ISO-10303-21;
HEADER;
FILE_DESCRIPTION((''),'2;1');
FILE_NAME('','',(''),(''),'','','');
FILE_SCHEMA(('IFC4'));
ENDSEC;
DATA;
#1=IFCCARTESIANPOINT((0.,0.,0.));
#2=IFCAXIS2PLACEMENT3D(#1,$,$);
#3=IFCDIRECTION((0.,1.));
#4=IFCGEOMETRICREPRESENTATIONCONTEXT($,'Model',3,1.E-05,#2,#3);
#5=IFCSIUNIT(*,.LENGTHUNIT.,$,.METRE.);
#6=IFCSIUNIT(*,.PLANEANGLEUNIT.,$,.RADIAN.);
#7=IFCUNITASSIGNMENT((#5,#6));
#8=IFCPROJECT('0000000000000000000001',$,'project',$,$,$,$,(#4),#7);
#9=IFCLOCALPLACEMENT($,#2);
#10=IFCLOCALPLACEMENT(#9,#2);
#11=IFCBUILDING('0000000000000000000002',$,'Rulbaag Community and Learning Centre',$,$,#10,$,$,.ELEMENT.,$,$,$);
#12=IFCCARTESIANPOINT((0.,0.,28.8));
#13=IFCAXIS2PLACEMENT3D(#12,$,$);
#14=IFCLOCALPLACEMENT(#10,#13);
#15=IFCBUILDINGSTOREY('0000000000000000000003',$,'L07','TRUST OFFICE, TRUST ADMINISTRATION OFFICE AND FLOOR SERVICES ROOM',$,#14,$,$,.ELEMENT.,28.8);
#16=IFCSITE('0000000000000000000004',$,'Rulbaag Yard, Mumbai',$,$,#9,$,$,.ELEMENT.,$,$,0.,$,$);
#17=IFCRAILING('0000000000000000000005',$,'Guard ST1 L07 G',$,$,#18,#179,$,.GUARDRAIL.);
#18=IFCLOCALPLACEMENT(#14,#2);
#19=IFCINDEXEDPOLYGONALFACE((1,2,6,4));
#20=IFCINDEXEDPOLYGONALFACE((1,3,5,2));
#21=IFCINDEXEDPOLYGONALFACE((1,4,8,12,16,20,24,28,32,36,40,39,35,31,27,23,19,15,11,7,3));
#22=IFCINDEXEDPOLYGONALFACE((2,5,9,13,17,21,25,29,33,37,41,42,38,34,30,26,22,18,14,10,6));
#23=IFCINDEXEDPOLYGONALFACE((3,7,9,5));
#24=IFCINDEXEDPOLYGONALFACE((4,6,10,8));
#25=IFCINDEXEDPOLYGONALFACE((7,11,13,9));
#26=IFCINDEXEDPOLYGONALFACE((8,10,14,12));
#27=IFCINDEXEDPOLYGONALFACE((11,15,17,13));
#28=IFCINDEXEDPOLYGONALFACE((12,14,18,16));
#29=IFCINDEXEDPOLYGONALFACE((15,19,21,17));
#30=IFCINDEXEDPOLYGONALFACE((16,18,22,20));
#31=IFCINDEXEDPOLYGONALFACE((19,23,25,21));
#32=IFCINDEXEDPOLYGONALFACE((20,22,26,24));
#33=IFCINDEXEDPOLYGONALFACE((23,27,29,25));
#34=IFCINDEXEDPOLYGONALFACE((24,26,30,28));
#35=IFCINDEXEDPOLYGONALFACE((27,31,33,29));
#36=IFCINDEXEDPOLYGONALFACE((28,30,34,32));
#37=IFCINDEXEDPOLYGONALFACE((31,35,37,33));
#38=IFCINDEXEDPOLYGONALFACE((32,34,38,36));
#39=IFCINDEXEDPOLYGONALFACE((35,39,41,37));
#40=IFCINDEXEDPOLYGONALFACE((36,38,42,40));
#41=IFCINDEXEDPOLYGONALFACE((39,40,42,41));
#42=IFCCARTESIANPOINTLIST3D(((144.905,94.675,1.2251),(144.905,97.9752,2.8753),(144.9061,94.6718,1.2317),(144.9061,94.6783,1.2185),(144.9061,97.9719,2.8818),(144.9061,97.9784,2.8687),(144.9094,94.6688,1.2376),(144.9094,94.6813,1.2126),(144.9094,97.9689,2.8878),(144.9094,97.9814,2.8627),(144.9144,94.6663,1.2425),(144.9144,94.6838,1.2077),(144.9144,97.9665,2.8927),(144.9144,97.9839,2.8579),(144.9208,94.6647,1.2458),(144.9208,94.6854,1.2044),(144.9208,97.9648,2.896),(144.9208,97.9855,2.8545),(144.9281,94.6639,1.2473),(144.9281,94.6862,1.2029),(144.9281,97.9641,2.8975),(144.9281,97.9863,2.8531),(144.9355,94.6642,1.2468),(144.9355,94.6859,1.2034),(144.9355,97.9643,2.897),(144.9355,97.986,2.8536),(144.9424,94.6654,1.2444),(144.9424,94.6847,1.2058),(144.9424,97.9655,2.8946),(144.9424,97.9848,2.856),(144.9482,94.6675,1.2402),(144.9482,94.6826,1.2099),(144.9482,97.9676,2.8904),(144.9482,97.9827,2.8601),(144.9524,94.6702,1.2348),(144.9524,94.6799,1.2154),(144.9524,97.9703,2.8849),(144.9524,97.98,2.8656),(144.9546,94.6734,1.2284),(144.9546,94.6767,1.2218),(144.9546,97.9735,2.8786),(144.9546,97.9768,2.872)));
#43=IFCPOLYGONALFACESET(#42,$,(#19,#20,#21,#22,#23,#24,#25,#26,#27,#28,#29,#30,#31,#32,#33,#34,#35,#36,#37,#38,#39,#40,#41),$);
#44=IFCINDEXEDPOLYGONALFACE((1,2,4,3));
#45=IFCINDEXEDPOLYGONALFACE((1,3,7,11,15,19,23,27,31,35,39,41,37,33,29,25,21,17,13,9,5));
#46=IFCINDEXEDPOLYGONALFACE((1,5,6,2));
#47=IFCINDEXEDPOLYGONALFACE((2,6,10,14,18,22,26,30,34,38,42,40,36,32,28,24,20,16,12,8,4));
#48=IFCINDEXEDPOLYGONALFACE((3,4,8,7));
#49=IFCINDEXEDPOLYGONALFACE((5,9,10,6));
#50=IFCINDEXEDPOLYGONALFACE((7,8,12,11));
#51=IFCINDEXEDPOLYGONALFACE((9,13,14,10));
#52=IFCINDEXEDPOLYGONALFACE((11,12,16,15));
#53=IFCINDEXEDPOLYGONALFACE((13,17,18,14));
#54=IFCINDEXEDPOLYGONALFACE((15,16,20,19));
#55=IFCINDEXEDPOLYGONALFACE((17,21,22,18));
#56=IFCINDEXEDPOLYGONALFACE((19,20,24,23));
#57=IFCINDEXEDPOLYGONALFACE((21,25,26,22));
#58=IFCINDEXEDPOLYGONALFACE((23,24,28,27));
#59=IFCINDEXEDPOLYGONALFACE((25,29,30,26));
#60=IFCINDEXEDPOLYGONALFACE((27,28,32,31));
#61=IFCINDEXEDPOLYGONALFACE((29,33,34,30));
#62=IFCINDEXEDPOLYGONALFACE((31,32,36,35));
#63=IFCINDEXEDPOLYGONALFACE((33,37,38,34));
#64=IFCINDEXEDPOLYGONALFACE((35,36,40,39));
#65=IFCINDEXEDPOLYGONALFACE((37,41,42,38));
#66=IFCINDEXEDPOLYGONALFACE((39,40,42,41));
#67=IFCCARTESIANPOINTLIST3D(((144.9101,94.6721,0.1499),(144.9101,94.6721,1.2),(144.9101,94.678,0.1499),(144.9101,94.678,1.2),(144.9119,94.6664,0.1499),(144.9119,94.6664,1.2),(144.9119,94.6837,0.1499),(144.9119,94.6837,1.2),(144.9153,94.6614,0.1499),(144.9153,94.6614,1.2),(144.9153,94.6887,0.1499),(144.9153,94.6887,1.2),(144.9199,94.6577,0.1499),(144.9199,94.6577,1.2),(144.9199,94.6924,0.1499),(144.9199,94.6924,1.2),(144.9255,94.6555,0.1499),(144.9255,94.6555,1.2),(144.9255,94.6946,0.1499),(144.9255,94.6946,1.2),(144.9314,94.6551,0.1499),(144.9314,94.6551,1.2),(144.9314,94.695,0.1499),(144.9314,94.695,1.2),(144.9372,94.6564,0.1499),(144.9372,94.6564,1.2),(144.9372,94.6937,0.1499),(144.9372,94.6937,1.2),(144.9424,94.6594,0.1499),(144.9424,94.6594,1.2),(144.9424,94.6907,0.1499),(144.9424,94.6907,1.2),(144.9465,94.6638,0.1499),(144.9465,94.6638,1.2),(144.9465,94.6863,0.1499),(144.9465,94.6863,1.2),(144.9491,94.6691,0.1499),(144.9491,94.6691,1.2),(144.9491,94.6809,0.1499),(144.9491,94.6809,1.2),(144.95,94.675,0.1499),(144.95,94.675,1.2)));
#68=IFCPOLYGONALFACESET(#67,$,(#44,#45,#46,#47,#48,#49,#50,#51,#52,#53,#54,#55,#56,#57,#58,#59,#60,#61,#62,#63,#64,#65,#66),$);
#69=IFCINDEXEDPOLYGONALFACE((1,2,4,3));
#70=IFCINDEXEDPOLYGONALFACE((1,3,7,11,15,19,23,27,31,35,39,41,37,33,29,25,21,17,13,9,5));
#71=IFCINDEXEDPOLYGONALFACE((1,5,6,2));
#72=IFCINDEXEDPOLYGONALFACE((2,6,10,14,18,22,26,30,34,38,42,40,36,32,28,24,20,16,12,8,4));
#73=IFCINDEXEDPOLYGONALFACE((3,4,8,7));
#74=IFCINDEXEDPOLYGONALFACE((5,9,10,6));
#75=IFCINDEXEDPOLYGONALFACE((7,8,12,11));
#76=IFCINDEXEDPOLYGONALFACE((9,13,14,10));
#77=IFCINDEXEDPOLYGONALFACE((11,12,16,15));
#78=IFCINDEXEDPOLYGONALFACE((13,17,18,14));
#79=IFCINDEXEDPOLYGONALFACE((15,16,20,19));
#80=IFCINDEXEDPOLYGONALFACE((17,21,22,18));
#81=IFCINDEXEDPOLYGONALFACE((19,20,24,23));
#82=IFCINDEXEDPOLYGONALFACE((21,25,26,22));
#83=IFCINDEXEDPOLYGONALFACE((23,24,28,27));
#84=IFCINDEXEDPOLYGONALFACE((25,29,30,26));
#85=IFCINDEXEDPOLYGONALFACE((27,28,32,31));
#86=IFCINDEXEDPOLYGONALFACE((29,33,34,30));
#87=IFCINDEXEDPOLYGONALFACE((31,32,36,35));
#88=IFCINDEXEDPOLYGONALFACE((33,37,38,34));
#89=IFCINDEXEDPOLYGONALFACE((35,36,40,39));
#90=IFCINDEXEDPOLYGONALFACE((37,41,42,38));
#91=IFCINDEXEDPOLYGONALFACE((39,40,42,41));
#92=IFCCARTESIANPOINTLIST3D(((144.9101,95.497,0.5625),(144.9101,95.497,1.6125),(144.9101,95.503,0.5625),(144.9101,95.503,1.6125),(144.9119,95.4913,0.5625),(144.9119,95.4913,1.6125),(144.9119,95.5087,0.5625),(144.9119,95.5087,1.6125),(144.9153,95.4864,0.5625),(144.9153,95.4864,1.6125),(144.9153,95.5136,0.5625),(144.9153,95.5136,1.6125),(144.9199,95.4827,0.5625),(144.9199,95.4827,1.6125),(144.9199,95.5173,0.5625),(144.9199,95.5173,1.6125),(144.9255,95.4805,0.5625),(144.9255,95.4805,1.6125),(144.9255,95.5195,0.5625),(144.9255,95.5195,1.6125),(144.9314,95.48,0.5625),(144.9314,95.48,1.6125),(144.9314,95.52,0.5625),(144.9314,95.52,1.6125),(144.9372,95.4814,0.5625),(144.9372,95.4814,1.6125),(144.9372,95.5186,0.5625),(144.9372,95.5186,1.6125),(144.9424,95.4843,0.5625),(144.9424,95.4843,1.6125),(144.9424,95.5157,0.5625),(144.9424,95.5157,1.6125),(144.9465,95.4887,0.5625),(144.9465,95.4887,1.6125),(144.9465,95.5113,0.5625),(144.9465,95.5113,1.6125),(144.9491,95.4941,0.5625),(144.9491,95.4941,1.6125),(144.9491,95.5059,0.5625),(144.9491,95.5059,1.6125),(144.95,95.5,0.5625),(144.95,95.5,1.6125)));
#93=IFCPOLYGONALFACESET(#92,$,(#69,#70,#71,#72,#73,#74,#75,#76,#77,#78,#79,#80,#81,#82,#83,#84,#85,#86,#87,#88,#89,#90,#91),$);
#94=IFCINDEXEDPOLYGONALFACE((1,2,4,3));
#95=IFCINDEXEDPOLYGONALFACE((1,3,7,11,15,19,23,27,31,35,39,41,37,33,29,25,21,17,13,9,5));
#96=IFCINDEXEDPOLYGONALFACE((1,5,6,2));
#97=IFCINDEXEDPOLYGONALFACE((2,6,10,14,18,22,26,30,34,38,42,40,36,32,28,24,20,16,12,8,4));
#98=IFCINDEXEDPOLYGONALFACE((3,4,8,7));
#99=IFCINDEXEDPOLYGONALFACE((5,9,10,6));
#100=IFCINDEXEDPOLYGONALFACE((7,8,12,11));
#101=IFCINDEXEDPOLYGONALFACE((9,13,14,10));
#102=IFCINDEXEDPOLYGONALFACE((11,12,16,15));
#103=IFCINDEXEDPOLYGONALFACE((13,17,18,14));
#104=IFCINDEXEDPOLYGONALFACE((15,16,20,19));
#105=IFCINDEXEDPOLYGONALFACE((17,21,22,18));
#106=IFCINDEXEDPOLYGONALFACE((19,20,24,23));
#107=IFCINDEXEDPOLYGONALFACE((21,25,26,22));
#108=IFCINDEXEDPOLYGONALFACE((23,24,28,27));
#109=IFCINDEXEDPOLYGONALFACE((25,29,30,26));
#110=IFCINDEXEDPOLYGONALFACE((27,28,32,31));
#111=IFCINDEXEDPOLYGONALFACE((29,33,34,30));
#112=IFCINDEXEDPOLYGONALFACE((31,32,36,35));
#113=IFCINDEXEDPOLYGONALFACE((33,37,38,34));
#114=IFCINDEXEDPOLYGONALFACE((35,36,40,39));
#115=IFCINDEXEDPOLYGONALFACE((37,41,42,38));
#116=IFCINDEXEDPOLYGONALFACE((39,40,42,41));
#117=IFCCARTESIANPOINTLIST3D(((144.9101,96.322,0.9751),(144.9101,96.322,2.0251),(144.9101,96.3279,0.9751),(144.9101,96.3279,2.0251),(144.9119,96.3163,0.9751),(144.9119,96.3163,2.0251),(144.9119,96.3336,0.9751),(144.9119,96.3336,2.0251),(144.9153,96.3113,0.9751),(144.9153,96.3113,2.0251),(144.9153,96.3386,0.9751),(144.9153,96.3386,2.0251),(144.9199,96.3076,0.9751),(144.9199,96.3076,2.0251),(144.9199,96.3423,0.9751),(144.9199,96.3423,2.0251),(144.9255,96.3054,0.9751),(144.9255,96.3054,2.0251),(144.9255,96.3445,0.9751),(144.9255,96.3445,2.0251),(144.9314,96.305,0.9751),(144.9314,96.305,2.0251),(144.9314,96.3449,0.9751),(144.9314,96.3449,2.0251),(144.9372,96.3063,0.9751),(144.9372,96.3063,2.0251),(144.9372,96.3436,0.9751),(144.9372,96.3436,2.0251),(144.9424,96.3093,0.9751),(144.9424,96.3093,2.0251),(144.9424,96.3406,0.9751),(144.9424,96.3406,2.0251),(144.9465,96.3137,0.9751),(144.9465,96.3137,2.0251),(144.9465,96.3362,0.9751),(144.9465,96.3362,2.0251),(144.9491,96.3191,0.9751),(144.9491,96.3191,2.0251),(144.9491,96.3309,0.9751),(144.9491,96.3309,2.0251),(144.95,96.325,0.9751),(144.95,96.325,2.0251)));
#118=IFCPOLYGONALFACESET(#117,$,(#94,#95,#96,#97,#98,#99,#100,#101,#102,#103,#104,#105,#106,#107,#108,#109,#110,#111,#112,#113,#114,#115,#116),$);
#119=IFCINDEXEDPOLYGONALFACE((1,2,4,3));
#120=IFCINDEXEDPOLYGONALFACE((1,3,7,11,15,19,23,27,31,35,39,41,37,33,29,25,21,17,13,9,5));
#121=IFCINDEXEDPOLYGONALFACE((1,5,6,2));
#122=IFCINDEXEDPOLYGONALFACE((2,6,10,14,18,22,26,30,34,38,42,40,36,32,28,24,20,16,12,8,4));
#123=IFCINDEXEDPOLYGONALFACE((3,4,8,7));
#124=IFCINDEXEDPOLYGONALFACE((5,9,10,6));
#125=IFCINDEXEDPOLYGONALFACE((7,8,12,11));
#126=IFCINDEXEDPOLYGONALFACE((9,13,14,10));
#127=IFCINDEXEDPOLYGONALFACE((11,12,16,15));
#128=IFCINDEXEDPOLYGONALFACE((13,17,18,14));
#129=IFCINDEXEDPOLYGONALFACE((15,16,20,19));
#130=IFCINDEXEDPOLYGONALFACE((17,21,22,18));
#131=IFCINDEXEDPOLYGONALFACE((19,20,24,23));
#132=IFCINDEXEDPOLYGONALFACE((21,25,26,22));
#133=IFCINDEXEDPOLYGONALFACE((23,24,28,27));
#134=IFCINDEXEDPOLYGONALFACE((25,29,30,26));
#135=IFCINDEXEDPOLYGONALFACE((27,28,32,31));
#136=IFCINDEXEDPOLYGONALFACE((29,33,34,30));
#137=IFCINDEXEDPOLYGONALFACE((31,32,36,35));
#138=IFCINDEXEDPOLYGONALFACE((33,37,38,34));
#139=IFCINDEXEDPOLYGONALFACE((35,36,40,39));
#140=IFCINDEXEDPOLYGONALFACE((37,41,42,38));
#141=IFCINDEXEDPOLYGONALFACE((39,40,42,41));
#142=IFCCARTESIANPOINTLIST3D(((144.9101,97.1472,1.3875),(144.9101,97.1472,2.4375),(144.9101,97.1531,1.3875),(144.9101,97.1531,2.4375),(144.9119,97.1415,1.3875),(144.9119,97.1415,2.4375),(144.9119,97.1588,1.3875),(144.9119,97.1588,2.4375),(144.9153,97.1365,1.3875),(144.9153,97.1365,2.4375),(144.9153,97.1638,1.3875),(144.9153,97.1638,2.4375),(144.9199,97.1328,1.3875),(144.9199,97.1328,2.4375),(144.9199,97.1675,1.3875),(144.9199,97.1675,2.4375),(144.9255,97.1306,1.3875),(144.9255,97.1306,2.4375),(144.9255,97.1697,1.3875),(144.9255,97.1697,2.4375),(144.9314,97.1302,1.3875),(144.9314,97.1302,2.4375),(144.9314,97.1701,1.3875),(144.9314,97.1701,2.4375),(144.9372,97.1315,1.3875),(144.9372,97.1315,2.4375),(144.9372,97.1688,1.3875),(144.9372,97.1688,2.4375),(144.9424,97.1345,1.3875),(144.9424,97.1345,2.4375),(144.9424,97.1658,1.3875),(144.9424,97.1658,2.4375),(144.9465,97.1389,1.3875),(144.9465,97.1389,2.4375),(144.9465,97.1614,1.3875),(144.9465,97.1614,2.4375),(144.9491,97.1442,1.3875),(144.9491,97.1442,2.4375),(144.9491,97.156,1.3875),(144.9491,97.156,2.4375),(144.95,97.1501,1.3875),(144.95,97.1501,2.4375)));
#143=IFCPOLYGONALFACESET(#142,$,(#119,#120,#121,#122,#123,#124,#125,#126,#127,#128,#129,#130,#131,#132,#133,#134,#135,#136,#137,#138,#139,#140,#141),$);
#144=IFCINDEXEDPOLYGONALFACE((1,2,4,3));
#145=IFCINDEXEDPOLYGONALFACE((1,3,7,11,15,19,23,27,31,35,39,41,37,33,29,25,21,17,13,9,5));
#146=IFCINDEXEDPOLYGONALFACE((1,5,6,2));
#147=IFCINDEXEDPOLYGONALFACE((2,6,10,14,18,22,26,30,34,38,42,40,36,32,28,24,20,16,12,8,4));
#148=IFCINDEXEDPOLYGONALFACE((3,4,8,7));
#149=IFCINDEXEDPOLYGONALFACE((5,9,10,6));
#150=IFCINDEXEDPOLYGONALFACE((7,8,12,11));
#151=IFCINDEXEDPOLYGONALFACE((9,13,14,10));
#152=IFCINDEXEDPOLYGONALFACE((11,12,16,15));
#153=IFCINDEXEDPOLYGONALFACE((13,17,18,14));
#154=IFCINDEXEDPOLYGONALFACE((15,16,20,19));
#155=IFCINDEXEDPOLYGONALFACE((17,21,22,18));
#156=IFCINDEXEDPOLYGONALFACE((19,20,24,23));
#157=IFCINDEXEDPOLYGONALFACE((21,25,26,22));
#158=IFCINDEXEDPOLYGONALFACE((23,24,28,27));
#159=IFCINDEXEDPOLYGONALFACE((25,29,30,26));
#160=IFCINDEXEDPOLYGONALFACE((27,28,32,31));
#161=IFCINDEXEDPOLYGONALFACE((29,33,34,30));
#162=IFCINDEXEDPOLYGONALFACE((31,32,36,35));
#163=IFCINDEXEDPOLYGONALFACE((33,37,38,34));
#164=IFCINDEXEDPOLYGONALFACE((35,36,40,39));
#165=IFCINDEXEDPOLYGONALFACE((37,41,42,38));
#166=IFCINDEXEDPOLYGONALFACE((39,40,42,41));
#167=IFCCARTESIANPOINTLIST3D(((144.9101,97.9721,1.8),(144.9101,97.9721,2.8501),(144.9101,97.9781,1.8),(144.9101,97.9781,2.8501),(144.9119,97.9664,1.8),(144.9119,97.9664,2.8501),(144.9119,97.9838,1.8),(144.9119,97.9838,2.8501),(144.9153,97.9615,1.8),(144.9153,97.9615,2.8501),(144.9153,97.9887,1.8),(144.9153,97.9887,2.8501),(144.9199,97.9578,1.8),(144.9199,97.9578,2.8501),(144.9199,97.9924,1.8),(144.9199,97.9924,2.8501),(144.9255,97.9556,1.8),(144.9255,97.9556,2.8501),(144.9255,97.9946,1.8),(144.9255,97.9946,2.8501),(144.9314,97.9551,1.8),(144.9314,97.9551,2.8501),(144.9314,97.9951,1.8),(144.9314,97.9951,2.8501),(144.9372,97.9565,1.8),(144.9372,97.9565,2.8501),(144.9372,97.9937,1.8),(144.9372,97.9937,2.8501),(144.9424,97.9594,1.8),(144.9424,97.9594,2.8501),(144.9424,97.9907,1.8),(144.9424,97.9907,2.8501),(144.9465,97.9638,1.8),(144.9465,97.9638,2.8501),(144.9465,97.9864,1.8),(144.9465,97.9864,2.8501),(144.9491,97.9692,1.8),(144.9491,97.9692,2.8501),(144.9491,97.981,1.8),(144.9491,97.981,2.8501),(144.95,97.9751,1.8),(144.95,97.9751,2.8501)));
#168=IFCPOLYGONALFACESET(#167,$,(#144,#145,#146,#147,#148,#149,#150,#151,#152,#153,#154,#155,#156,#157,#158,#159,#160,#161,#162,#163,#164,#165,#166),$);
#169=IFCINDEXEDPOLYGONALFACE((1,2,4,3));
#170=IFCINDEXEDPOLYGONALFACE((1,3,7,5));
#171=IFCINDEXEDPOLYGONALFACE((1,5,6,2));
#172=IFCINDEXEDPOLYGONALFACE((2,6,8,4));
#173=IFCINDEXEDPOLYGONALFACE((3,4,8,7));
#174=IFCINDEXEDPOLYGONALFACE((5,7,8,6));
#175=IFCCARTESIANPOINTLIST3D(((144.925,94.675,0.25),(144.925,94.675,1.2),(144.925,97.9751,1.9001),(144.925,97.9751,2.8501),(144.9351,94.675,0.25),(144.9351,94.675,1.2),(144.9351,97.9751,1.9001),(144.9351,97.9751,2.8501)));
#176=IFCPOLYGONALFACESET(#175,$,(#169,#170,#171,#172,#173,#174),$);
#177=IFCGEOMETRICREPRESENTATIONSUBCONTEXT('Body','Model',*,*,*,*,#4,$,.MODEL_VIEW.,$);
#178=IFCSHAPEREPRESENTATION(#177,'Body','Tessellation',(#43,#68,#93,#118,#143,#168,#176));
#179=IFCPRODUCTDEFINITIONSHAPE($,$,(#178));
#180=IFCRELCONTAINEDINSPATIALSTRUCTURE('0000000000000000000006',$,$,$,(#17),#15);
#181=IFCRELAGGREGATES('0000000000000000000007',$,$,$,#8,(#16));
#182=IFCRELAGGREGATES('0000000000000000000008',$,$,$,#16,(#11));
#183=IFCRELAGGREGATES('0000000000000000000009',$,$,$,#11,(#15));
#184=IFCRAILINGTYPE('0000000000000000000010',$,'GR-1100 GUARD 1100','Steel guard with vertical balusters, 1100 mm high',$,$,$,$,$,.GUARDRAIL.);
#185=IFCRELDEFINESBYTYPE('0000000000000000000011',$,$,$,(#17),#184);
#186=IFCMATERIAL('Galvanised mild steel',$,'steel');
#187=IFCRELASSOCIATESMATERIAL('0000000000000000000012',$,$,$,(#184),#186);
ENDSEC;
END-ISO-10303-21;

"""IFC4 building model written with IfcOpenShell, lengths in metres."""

from ifc_helpers import new_model, si_unit, direction, frame, origin, origin_2d, place, context, subcontext, project, spatial, polyline, circle, outline, extrude, material, type_object, element, save


model = new_model("IFC4")

# Units and contexts
model_context = context("Model", 3, precision=1e-05, world=origin(), true_north=direction((0.0, 1.0)))
body_context = subcontext(model_context, "Body", "Model", "MODEL_VIEW")
ifc_project = project(units=[si_unit("LENGTHUNIT", "METRE"), si_unit("PLANEANGLEUNIT", "RADIAN")], contexts=[model_context])

# Site, building, storey
site_placement = place(None, origin())
site = spatial("IfcSite", under=ifc_project, at=site_placement, Name="Rulbaag Yard, Mumbai", CompositionType="ELEMENT", RefElevation=0.0)
building_placement = place(site_placement, origin())
building = spatial("IfcBuilding", under=site, at=building_placement, Name="Rulbaag Community and Learning Centre", CompositionType="ELEMENT")
storey_placement = place(building_placement, frame((0.0, 0.0, 28.8)))
storey = spatial("IfcBuildingStorey", under=building, at=storey_placement, Name="L07", Description="TRUST OFFICE, TRUST ADMINISTRATION OFFICE AND FLOOR SERVICES ROOM", CompositionType="ELEMENT", Elevation=28.8)

# Railing
ifc_material_1 = material(Name="Galvanised mild steel", Category="steel")
railing_type_1 = type_object("IfcRailingType", Name="GR-1100 GUARD 1100", Description="Steel guard with vertical balusters, 1100 mm high", PredefinedType="GUARDRAIL", material=ifc_material_1)
railing_1_placement = place(storey_placement, frame((144.9299, 94.675, 0.1499)))
element("IfcRailing", 1, at=railing_1_placement, inside=storey, type_object=railing_type_1, Name="Guard ST1 L07 G", PredefinedType="GUARDRAIL", context=body_context, shape_type="SweptSolid", body=[
    extrude(circle(Radius=0.0249, at=origin_2d()), frame((0.0, 0.0, 1.0752), z_axis=(0.0, 0.894414, 0.44724), x_axis=(-1.0, 0.0, 0.0)), (0.0, 0.0, 1.0), 3.6897),
    extrude(circle(Radius=0.02, at=origin_2d()), origin(), (0.0, 0.0, 1.0), 1.05),
    extrude(circle(Radius=0.02, at=origin_2d()), frame((0.0, 0.825, 0.4126)), (0.0, 0.0, 1.0), 1.05),
    extrude(circle(Radius=0.02, at=origin_2d()), frame((0.0, 1.6499, 0.8252)), (0.0, 0.0, 1.0), 1.05),
    extrude(circle(Radius=0.02, at=origin_2d()), frame((0.0, 2.4751, 1.2375)), (0.0, 0.0, 1.0), 1.05),
    extrude(circle(Radius=0.02, at=origin_2d()), frame((0.0, 3.3, 1.6501)), (0.0, 0.0, 1.0), 1.05),
    extrude(outline(polyline([(0.0, 0.0), (3.3, 1.6501), (3.3, 2.6001), (0.0, 0.95), (0.0, 0.0)])), frame((-0.0049, 0.0, 0.1001), z_axis=(1.0, 0.0, 0.0), x_axis=(0.0, 1.0, 0.0)), (0.0, 0.0, 1.0), 0.01),
])

save(model, "model.ifc")
